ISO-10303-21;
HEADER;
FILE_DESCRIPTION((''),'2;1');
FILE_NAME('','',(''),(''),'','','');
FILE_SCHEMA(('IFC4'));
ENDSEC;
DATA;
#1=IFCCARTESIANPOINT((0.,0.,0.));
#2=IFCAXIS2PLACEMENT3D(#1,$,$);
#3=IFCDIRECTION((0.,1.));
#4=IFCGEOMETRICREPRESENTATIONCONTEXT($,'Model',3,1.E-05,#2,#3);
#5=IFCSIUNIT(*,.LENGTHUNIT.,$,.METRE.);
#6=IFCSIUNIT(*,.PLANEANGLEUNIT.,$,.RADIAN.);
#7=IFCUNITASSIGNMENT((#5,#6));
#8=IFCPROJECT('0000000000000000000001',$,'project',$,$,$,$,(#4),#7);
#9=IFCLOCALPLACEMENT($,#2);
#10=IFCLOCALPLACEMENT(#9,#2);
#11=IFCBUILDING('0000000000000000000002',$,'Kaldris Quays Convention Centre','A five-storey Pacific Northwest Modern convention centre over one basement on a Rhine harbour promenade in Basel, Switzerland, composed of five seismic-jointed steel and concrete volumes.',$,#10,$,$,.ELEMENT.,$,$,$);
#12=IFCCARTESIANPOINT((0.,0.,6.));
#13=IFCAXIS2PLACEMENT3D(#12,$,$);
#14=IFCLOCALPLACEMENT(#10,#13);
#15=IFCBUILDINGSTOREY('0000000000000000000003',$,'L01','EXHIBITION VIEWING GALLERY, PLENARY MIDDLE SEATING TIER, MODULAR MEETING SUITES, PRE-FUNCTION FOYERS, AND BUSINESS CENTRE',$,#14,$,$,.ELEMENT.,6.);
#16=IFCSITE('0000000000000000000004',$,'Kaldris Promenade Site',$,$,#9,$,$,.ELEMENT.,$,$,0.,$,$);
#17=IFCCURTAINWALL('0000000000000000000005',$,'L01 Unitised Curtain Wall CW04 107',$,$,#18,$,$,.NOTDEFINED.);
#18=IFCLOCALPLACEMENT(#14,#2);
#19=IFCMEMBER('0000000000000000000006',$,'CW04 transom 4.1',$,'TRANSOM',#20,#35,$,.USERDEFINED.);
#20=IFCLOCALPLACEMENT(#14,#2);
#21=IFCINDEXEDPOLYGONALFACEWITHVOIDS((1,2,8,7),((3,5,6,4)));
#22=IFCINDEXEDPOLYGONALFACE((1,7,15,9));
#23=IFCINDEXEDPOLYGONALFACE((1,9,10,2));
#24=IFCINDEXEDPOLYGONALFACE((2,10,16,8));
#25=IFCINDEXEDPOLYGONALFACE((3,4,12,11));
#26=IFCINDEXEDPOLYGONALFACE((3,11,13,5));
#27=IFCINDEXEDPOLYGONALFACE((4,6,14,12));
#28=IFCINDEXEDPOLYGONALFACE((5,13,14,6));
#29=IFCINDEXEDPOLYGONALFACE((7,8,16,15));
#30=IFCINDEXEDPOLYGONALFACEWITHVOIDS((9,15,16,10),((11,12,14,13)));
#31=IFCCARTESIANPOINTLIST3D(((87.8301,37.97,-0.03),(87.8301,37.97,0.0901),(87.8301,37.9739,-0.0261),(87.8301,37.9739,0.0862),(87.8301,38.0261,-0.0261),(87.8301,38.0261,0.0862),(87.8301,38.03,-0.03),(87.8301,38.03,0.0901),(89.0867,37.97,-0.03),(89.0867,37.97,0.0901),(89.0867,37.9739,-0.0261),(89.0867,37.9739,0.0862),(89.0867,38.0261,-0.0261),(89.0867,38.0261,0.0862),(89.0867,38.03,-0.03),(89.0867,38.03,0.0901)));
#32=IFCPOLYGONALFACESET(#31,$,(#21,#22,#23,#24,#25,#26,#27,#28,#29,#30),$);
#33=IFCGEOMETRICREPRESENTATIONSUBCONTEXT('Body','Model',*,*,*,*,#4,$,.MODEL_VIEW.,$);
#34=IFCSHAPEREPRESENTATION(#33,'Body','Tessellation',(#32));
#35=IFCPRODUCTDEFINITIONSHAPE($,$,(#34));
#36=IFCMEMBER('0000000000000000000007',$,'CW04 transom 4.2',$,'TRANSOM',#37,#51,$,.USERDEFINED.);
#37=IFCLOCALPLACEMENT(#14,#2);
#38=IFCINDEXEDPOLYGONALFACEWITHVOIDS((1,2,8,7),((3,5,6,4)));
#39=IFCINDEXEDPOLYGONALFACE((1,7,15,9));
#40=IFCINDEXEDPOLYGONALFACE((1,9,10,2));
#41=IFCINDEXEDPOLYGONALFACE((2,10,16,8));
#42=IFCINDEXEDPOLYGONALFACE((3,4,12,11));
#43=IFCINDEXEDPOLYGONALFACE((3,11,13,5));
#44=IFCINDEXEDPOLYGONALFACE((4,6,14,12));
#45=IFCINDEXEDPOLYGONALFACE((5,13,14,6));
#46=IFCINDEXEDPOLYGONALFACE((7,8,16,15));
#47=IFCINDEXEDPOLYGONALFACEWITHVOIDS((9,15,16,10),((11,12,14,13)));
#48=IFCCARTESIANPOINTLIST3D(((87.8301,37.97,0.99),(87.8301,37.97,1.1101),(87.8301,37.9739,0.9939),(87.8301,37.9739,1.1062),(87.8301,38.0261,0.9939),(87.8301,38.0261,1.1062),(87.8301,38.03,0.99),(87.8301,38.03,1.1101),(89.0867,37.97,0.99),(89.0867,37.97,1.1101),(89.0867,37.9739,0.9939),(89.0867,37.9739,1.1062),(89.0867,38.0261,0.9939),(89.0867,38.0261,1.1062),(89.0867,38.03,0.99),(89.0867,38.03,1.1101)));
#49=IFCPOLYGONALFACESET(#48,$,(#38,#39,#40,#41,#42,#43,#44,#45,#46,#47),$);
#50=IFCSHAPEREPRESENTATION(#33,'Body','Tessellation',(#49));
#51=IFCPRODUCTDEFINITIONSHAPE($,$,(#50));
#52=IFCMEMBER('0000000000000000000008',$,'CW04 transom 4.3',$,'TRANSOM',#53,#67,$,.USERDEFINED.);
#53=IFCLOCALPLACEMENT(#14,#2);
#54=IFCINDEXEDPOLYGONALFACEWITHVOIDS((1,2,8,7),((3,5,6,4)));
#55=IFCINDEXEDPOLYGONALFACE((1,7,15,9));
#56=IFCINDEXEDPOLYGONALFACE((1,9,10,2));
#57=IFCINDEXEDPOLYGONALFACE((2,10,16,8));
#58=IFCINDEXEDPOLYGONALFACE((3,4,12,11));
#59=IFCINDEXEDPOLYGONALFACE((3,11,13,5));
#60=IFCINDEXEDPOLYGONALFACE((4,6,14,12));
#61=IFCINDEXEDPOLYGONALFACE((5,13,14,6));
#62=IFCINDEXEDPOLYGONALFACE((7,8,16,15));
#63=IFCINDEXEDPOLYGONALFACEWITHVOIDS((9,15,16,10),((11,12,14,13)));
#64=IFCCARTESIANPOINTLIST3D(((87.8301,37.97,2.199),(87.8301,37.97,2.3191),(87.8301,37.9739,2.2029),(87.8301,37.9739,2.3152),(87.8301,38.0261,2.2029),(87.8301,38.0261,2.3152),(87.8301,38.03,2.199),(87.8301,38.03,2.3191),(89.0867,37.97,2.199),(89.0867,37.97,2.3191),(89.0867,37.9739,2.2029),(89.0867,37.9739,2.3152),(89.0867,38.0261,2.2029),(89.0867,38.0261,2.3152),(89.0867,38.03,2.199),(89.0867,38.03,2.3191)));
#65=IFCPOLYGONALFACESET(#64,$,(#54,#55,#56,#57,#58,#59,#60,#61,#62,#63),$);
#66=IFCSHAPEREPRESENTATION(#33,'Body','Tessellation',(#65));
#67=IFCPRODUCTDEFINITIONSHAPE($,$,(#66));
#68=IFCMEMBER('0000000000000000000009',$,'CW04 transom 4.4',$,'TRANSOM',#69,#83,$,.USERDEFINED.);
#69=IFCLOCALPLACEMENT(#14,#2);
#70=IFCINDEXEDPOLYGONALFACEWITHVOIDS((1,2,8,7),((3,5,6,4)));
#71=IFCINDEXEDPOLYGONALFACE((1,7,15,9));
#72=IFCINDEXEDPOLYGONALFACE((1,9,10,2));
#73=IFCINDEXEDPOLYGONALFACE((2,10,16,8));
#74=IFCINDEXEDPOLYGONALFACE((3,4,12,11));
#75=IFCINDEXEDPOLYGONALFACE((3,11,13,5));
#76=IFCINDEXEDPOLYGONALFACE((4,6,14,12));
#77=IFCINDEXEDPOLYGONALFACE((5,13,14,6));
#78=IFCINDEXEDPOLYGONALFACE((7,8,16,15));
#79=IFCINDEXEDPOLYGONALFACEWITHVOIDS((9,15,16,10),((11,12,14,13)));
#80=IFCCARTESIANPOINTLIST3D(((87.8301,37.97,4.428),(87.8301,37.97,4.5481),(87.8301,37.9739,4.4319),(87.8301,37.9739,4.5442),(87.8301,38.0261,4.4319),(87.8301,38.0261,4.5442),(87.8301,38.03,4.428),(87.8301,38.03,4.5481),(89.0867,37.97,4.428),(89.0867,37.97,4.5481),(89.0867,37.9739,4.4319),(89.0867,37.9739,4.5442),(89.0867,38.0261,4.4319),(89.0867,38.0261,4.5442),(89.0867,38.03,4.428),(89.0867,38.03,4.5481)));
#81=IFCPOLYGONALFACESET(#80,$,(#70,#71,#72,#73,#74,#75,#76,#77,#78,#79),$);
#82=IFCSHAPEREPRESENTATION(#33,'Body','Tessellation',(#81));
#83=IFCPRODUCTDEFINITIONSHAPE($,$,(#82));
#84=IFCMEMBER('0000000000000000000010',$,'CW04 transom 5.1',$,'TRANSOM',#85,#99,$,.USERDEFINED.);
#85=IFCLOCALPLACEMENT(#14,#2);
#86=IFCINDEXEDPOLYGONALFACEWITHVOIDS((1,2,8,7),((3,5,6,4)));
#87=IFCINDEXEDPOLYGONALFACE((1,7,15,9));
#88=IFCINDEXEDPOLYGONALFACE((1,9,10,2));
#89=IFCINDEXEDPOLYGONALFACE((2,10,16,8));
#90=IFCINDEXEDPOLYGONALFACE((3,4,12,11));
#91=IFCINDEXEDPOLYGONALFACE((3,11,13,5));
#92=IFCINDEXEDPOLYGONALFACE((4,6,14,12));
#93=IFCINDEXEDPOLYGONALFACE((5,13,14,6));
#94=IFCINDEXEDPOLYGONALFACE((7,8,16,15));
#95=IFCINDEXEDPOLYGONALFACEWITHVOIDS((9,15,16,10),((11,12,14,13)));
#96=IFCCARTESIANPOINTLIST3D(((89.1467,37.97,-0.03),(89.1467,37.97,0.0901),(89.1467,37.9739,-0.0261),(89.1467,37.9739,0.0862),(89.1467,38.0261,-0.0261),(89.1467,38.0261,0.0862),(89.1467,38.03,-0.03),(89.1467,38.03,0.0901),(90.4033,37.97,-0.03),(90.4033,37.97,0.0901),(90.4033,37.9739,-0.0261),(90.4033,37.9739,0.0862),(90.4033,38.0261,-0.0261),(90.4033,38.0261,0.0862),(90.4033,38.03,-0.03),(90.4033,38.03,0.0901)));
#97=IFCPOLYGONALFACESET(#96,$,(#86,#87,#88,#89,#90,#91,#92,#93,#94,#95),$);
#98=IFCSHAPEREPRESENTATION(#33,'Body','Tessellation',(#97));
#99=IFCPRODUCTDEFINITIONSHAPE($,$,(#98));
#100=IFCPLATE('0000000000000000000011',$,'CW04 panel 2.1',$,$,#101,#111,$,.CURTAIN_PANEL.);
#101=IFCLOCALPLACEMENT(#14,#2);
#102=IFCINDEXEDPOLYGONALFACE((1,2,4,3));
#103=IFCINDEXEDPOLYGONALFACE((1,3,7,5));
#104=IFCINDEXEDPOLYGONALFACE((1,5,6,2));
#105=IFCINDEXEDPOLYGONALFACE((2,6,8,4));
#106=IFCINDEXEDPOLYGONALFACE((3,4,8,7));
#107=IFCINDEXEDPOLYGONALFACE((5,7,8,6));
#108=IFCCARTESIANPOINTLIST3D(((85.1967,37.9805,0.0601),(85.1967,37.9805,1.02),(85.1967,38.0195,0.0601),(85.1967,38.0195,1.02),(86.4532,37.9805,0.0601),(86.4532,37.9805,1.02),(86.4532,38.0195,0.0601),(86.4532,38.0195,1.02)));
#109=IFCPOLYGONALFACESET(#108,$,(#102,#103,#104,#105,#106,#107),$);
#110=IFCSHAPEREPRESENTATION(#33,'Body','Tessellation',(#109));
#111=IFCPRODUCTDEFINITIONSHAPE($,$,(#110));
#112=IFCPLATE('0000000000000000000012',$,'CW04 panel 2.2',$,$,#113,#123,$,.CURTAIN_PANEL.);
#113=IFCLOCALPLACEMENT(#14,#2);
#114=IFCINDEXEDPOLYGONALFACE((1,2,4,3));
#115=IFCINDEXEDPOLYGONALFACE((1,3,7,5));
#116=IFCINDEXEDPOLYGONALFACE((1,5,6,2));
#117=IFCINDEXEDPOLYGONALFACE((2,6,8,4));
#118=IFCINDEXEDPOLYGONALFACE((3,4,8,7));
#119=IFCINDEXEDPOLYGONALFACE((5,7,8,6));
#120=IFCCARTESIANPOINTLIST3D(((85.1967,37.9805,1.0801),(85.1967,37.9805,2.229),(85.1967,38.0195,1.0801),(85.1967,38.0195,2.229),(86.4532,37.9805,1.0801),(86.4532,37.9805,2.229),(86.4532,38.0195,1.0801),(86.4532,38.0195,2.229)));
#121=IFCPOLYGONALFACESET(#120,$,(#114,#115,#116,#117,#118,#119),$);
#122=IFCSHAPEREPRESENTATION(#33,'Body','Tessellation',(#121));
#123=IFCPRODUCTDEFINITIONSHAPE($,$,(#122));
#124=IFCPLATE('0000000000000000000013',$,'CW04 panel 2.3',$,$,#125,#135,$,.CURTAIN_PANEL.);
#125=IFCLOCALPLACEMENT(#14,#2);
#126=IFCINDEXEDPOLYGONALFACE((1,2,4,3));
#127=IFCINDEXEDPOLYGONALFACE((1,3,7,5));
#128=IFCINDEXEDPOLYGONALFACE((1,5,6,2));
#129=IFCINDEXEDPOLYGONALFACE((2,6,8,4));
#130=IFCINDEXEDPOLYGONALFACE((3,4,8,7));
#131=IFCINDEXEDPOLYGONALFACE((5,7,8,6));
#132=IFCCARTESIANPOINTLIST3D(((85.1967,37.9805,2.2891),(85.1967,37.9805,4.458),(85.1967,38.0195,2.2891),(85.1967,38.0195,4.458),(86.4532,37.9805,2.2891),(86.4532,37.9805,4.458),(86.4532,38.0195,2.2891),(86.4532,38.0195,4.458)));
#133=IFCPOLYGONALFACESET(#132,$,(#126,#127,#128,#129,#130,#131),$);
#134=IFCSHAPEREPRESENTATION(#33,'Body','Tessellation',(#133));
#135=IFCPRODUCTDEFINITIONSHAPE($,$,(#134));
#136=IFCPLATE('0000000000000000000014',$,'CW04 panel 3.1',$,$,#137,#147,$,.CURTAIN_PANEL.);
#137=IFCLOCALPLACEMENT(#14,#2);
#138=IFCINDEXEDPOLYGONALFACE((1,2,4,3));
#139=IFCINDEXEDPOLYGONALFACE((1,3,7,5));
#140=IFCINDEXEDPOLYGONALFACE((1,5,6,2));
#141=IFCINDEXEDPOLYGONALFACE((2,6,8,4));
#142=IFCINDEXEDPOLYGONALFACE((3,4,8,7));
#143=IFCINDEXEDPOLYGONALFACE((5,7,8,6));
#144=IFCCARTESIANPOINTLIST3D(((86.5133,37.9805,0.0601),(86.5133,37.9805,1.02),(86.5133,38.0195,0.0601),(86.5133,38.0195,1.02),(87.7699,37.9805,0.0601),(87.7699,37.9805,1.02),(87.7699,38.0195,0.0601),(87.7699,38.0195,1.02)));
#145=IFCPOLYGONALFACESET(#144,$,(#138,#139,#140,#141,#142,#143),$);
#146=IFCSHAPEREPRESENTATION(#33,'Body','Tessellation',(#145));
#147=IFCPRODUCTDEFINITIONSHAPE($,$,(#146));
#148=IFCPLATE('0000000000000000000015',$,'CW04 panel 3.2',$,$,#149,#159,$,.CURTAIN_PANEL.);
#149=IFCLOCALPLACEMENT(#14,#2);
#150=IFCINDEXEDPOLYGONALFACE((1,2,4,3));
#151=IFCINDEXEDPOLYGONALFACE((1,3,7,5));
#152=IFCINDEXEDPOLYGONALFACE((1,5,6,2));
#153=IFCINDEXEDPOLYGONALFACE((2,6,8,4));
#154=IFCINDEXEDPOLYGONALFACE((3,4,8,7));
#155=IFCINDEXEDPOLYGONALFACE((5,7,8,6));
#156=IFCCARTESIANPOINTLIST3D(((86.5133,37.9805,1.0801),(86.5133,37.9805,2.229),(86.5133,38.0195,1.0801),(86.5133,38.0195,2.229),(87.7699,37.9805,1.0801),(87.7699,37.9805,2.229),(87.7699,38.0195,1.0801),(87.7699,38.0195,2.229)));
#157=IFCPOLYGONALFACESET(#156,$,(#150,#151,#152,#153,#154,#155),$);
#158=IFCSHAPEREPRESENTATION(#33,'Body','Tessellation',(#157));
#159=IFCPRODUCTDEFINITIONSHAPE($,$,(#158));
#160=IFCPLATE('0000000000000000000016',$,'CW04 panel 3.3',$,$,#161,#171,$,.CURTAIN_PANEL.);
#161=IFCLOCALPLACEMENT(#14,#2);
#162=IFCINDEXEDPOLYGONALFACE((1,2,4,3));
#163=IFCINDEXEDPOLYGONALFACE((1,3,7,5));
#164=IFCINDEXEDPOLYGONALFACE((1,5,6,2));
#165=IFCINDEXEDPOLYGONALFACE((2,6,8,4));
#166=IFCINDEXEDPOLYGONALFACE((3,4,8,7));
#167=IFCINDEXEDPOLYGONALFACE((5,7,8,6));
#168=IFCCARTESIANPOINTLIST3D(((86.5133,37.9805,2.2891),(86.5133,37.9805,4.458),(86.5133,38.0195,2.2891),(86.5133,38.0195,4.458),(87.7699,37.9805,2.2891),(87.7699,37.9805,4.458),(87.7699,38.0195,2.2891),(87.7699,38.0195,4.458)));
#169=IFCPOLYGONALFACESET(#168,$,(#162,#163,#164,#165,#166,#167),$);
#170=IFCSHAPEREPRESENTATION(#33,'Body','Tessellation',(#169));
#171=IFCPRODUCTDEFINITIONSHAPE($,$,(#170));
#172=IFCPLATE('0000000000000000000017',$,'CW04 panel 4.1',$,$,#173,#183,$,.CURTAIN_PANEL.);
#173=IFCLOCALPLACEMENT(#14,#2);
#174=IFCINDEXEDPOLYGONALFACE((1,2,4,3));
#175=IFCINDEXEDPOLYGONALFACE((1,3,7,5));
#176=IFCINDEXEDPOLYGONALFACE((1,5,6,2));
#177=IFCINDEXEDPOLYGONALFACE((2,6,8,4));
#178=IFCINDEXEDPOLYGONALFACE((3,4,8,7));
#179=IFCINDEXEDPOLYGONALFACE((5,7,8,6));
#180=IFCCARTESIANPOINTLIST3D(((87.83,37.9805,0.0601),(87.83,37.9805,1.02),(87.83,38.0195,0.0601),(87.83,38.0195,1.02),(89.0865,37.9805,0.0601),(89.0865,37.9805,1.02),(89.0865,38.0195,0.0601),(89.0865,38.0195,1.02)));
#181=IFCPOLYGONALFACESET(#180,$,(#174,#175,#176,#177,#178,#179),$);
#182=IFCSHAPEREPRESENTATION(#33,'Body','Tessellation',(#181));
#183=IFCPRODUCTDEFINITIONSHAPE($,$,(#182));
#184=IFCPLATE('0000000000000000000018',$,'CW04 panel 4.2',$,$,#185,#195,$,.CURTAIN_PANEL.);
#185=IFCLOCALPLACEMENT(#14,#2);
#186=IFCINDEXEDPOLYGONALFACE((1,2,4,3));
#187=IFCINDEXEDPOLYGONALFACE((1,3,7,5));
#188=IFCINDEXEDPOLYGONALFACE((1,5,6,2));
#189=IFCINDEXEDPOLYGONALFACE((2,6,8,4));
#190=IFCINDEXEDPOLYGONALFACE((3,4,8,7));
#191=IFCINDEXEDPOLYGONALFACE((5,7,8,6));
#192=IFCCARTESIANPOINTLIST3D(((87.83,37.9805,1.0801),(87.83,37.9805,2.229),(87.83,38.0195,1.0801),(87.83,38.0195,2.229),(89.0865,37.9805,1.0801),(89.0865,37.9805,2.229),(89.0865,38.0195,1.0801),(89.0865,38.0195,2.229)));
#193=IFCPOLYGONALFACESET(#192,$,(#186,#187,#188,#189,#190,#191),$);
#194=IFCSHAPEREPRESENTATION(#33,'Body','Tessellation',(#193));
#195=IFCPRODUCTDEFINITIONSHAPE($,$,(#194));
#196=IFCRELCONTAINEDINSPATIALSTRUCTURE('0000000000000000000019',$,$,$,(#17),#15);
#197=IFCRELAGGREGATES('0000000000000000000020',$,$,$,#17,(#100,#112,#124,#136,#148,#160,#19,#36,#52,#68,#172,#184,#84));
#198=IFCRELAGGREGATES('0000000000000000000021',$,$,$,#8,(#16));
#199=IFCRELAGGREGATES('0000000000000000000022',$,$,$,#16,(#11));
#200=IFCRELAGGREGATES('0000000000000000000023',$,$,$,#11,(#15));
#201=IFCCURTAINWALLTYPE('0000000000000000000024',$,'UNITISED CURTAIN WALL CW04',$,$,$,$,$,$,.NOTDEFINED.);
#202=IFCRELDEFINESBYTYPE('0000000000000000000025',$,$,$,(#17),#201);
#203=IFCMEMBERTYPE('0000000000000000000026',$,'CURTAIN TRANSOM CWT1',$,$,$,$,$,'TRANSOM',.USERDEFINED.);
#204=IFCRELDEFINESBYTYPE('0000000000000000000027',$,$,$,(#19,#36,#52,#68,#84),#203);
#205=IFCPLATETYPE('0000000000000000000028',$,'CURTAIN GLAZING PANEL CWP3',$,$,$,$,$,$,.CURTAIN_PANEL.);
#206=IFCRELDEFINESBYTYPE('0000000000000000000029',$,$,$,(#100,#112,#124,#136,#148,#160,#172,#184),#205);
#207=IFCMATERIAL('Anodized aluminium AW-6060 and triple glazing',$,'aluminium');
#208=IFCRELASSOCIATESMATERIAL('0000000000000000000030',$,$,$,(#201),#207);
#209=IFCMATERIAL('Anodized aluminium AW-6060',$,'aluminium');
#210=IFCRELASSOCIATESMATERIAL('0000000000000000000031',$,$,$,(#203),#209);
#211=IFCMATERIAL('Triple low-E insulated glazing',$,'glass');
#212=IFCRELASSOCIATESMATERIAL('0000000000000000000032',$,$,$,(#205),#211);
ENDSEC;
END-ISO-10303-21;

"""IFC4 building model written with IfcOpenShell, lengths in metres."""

from ifc_helpers import new_model, si_unit, direction, frame, origin, origin_2d, place, context, subcontext, project, spatial, rectangle, hollow_rectangle, extrude, material, material_profile, profile_set, type_object, element, aggregate, save


model = new_model("IFC4")

# Units and contexts
model_context = context("Model", 3, precision=1e-05, world=origin(), true_north=direction((0.0, 1.0)))
body_context = subcontext(model_context, "Body", "Model", "MODEL_VIEW")
ifc_project = project(units=[si_unit("LENGTHUNIT", "METRE"), si_unit("PLANEANGLEUNIT", "RADIAN")], contexts=[model_context])

# Site, building, storey
site_placement = place(None, origin())
site = spatial("IfcSite", under=ifc_project, at=site_placement, Name="Kaldris Promenade Site", CompositionType="ELEMENT", RefElevation=0.0)
building_placement = place(site_placement, origin())
building = spatial("IfcBuilding", under=site, at=building_placement, Name="Kaldris Quays Convention Centre", Description="A five-storey Pacific Northwest Modern convention centre over one basement on a Rhine harbour promenade in Basel, Switzerland, composed of five seismic-jointed steel and concrete volumes.", CompositionType="ELEMENT")
storey_placement = place(building_placement, frame((0.0, 0.0, 6.0)))
storey = spatial("IfcBuildingStorey", under=building, at=storey_placement, Name="L01", Description="EXHIBITION VIEWING GALLERY, PLENARY MIDDLE SEATING TIER, MODULAR MEETING SUITES, PRE-FUNCTION FOYERS, AND BUSINESS CENTRE", CompositionType="ELEMENT", Elevation=6.0)

# Curtain wall, members, plates
ifc_material_1 = material(Name="Anodized aluminium AW-6060 and triple glazing", Category="aluminium")
curtain_wall_type = type_object("IfcCurtainWallType", Name="UNITISED CURTAIN WALL CW04", PredefinedType="NOTDEFINED", material=ifc_material_1)
curtain_wall_placement = place(storey_placement, origin())
curtain_wall = element("IfcCurtainWall", 1, at=curtain_wall_placement, inside=storey, type_object=curtain_wall_type, Name="L01 Unitised Curtain Wall CW04 107", PredefinedType="NOTDEFINED")
ifc_material_2 = material(Name="Anodized aluminium AW-6060", Category="aluminium")
ifc_material_profile_1 = material_profile(ifc_material_2, hollow_rectangle(XDim=0.0601, YDim=0.1201, WallThickness=0.0039, at=origin_2d()), Name="RHS 120x60x4")
ifc_profile_set_1 = profile_set([ifc_material_profile_1], Name="Anodized aluminium AW-6060")
member_type_1 = type_object("IfcMemberType", Name="CURTAIN TRANSOM CWT1", ElementType="TRANSOM", PredefinedType="USERDEFINED", material=ifc_profile_set_1)
member_1_placement = place(storey_placement, frame((87.8301, 38.0, 0.03), z_axis=(1.0, 0.0, 0.0), x_axis=(0.0, 1.0, 0.0)))
member_1 = element("IfcMember", 2, at=member_1_placement, type_object=member_type_1, Name="CW04 transom 4.1", ObjectType="TRANSOM", PredefinedType="USERDEFINED", context=body_context, shape_type="SweptSolid", body=[
    extrude(hollow_rectangle(XDim=0.0601, YDim=0.1201, WallThickness=0.0039, at=origin_2d()), origin(), (0.0, 0.0, 1.0), 1.2566),
])
member_2_placement = place(storey_placement, frame((87.8301, 38.0, 1.05), z_axis=(1.0, 0.0, 0.0), x_axis=(0.0, 1.0, 0.0)))
member_2 = element("IfcMember", 3, at=member_2_placement, type_object=member_type_1, Name="CW04 transom 4.2", ObjectType="TRANSOM", PredefinedType="USERDEFINED", context=body_context, shape_type="SweptSolid", body=[
    extrude(hollow_rectangle(XDim=0.0601, YDim=0.1201, WallThickness=0.0039, at=origin_2d()), origin(), (0.0, 0.0, 1.0), 1.2566),
])
member_3_placement = place(storey_placement, frame((87.8301, 38.0, 2.259), z_axis=(1.0, 0.0, 0.0), x_axis=(0.0, 1.0, 0.0)))
member_3 = element("IfcMember", 4, at=member_3_placement, type_object=member_type_1, Name="CW04 transom 4.3", ObjectType="TRANSOM", PredefinedType="USERDEFINED", context=body_context, shape_type="SweptSolid", body=[
    extrude(hollow_rectangle(XDim=0.0601, YDim=0.1201, WallThickness=0.0039, at=origin_2d()), origin(), (0.0, 0.0, 1.0), 1.2566),
])
member_4_placement = place(storey_placement, frame((87.8301, 38.0, 4.488), z_axis=(1.0, 0.0, 0.0), x_axis=(0.0, 1.0, 0.0)))
member_4 = element("IfcMember", 5, at=member_4_placement, type_object=member_type_1, Name="CW04 transom 4.4", ObjectType="TRANSOM", PredefinedType="USERDEFINED", context=body_context, shape_type="SweptSolid", body=[
    extrude(hollow_rectangle(XDim=0.0601, YDim=0.1201, WallThickness=0.0039, at=origin_2d()), origin(), (0.0, 0.0, 1.0), 1.2566),
])
member_5_placement = place(storey_placement, frame((89.1467, 38.0, 0.03), z_axis=(1.0, 0.0, 0.0), x_axis=(0.0, 1.0, 0.0)))
member_5 = element("IfcMember", 6, at=member_5_placement, type_object=member_type_1, Name="CW04 transom 5.1", ObjectType="TRANSOM", PredefinedType="USERDEFINED", context=body_context, shape_type="SweptSolid", body=[
    extrude(hollow_rectangle(XDim=0.0601, YDim=0.1201, WallThickness=0.0039, at=origin_2d()), origin(), (0.0, 0.0, 1.0), 1.2566),
])
ifc_material_3 = material(Name="Triple low-E insulated glazing", Category="glass")
plate_type = type_object("IfcPlateType", Name="CURTAIN GLAZING PANEL CWP3", PredefinedType="CURTAIN_PANEL", material=ifc_material_3)
plate_1_placement = place(storey_placement, frame((85.825, 38.0, 0.0601), z_axis=(0.0, 0.0, 1.0), x_axis=(1.0, 0.0, 0.0)))
plate_1 = element("IfcPlate", 7, at=plate_1_placement, type_object=plate_type, Name="CW04 panel 2.1", PredefinedType="CURTAIN_PANEL", context=body_context, shape_type="SweptSolid", body=[
    extrude(rectangle(XDim=1.2566, YDim=0.0391, at=origin_2d()), origin(), (0.0, 0.0, 1.0), 0.96),
])
plate_2_placement = place(storey_placement, frame((85.825, 38.0, 1.0801), z_axis=(0.0, 0.0, 1.0), x_axis=(1.0, 0.0, 0.0)))
plate_2 = element("IfcPlate", 8, at=plate_2_placement, type_object=plate_type, Name="CW04 panel 2.2", PredefinedType="CURTAIN_PANEL", context=body_context, shape_type="SweptSolid", body=[
    extrude(rectangle(XDim=1.2566, YDim=0.0391, at=origin_2d()), origin(), (0.0, 0.0, 1.0), 1.1489),
])
plate_3_placement = place(storey_placement, frame((85.825, 38.0, 2.2891), z_axis=(0.0, 0.0, 1.0), x_axis=(1.0, 0.0, 0.0)))
plate_3 = element("IfcPlate", 9, at=plate_3_placement, type_object=plate_type, Name="CW04 panel 2.3", PredefinedType="CURTAIN_PANEL", context=body_context, shape_type="SweptSolid", body=[
    extrude(rectangle(XDim=1.2566, YDim=0.0391, at=origin_2d()), origin(), (0.0, 0.0, 1.0), 2.1689),
])
plate_4_placement = place(storey_placement, frame((87.1416, 38.0, 0.0601), z_axis=(0.0, 0.0, 1.0), x_axis=(1.0, 0.0, 0.0)))
plate_4 = element("IfcPlate", 10, at=plate_4_placement, type_object=plate_type, Name="CW04 panel 3.1", PredefinedType="CURTAIN_PANEL", context=body_context, shape_type="SweptSolid", body=[
    extrude(rectangle(XDim=1.2566, YDim=0.0391, at=origin_2d()), origin(), (0.0, 0.0, 1.0), 0.96),
])
plate_5_placement = place(storey_placement, frame((87.1416, 38.0, 1.0801), z_axis=(0.0, 0.0, 1.0), x_axis=(1.0, 0.0, 0.0)))
plate_5 = element("IfcPlate", 11, at=plate_5_placement, type_object=plate_type, Name="CW04 panel 3.2", PredefinedType="CURTAIN_PANEL", context=body_context, shape_type="SweptSolid", body=[
    extrude(rectangle(XDim=1.2566, YDim=0.0391, at=origin_2d()), origin(), (0.0, 0.0, 1.0), 1.1489),
])
plate_6_placement = place(storey_placement, frame((87.1416, 38.0, 2.2891), z_axis=(0.0, 0.0, 1.0), x_axis=(1.0, 0.0, 0.0)))
plate_6 = element("IfcPlate", 12, at=plate_6_placement, type_object=plate_type, Name="CW04 panel 3.3", PredefinedType="CURTAIN_PANEL", context=body_context, shape_type="SweptSolid", body=[
    extrude(rectangle(XDim=1.2566, YDim=0.0391, at=origin_2d()), origin(), (0.0, 0.0, 1.0), 2.1689),
])
plate_7_placement = place(storey_placement, frame((88.4583, 38.0, 0.0601), z_axis=(0.0, 0.0, 1.0), x_axis=(1.0, 0.0, 0.0)))
plate_7 = element("IfcPlate", 13, at=plate_7_placement, type_object=plate_type, Name="CW04 panel 4.1", PredefinedType="CURTAIN_PANEL", context=body_context, shape_type="SweptSolid", body=[
    extrude(rectangle(XDim=1.2566, YDim=0.0391, at=origin_2d()), origin(), (0.0, 0.0, 1.0), 0.96),
])
plate_8_placement = place(storey_placement, frame((88.4583, 38.0, 1.0801), z_axis=(0.0, 0.0, 1.0), x_axis=(1.0, 0.0, 0.0)))
plate_8 = element("IfcPlate", 14, at=plate_8_placement, type_object=plate_type, Name="CW04 panel 4.2", PredefinedType="CURTAIN_PANEL", context=body_context, shape_type="SweptSolid", body=[
    extrude(rectangle(XDim=1.2566, YDim=0.0391, at=origin_2d()), origin(), (0.0, 0.0, 1.0), 1.1489),
])
aggregate(curtain_wall, [plate_1, plate_2, plate_3, plate_4, plate_5, plate_6, member_1, member_2, member_3, member_4, plate_7, plate_8, member_5])

save(model, "model.ifc")
